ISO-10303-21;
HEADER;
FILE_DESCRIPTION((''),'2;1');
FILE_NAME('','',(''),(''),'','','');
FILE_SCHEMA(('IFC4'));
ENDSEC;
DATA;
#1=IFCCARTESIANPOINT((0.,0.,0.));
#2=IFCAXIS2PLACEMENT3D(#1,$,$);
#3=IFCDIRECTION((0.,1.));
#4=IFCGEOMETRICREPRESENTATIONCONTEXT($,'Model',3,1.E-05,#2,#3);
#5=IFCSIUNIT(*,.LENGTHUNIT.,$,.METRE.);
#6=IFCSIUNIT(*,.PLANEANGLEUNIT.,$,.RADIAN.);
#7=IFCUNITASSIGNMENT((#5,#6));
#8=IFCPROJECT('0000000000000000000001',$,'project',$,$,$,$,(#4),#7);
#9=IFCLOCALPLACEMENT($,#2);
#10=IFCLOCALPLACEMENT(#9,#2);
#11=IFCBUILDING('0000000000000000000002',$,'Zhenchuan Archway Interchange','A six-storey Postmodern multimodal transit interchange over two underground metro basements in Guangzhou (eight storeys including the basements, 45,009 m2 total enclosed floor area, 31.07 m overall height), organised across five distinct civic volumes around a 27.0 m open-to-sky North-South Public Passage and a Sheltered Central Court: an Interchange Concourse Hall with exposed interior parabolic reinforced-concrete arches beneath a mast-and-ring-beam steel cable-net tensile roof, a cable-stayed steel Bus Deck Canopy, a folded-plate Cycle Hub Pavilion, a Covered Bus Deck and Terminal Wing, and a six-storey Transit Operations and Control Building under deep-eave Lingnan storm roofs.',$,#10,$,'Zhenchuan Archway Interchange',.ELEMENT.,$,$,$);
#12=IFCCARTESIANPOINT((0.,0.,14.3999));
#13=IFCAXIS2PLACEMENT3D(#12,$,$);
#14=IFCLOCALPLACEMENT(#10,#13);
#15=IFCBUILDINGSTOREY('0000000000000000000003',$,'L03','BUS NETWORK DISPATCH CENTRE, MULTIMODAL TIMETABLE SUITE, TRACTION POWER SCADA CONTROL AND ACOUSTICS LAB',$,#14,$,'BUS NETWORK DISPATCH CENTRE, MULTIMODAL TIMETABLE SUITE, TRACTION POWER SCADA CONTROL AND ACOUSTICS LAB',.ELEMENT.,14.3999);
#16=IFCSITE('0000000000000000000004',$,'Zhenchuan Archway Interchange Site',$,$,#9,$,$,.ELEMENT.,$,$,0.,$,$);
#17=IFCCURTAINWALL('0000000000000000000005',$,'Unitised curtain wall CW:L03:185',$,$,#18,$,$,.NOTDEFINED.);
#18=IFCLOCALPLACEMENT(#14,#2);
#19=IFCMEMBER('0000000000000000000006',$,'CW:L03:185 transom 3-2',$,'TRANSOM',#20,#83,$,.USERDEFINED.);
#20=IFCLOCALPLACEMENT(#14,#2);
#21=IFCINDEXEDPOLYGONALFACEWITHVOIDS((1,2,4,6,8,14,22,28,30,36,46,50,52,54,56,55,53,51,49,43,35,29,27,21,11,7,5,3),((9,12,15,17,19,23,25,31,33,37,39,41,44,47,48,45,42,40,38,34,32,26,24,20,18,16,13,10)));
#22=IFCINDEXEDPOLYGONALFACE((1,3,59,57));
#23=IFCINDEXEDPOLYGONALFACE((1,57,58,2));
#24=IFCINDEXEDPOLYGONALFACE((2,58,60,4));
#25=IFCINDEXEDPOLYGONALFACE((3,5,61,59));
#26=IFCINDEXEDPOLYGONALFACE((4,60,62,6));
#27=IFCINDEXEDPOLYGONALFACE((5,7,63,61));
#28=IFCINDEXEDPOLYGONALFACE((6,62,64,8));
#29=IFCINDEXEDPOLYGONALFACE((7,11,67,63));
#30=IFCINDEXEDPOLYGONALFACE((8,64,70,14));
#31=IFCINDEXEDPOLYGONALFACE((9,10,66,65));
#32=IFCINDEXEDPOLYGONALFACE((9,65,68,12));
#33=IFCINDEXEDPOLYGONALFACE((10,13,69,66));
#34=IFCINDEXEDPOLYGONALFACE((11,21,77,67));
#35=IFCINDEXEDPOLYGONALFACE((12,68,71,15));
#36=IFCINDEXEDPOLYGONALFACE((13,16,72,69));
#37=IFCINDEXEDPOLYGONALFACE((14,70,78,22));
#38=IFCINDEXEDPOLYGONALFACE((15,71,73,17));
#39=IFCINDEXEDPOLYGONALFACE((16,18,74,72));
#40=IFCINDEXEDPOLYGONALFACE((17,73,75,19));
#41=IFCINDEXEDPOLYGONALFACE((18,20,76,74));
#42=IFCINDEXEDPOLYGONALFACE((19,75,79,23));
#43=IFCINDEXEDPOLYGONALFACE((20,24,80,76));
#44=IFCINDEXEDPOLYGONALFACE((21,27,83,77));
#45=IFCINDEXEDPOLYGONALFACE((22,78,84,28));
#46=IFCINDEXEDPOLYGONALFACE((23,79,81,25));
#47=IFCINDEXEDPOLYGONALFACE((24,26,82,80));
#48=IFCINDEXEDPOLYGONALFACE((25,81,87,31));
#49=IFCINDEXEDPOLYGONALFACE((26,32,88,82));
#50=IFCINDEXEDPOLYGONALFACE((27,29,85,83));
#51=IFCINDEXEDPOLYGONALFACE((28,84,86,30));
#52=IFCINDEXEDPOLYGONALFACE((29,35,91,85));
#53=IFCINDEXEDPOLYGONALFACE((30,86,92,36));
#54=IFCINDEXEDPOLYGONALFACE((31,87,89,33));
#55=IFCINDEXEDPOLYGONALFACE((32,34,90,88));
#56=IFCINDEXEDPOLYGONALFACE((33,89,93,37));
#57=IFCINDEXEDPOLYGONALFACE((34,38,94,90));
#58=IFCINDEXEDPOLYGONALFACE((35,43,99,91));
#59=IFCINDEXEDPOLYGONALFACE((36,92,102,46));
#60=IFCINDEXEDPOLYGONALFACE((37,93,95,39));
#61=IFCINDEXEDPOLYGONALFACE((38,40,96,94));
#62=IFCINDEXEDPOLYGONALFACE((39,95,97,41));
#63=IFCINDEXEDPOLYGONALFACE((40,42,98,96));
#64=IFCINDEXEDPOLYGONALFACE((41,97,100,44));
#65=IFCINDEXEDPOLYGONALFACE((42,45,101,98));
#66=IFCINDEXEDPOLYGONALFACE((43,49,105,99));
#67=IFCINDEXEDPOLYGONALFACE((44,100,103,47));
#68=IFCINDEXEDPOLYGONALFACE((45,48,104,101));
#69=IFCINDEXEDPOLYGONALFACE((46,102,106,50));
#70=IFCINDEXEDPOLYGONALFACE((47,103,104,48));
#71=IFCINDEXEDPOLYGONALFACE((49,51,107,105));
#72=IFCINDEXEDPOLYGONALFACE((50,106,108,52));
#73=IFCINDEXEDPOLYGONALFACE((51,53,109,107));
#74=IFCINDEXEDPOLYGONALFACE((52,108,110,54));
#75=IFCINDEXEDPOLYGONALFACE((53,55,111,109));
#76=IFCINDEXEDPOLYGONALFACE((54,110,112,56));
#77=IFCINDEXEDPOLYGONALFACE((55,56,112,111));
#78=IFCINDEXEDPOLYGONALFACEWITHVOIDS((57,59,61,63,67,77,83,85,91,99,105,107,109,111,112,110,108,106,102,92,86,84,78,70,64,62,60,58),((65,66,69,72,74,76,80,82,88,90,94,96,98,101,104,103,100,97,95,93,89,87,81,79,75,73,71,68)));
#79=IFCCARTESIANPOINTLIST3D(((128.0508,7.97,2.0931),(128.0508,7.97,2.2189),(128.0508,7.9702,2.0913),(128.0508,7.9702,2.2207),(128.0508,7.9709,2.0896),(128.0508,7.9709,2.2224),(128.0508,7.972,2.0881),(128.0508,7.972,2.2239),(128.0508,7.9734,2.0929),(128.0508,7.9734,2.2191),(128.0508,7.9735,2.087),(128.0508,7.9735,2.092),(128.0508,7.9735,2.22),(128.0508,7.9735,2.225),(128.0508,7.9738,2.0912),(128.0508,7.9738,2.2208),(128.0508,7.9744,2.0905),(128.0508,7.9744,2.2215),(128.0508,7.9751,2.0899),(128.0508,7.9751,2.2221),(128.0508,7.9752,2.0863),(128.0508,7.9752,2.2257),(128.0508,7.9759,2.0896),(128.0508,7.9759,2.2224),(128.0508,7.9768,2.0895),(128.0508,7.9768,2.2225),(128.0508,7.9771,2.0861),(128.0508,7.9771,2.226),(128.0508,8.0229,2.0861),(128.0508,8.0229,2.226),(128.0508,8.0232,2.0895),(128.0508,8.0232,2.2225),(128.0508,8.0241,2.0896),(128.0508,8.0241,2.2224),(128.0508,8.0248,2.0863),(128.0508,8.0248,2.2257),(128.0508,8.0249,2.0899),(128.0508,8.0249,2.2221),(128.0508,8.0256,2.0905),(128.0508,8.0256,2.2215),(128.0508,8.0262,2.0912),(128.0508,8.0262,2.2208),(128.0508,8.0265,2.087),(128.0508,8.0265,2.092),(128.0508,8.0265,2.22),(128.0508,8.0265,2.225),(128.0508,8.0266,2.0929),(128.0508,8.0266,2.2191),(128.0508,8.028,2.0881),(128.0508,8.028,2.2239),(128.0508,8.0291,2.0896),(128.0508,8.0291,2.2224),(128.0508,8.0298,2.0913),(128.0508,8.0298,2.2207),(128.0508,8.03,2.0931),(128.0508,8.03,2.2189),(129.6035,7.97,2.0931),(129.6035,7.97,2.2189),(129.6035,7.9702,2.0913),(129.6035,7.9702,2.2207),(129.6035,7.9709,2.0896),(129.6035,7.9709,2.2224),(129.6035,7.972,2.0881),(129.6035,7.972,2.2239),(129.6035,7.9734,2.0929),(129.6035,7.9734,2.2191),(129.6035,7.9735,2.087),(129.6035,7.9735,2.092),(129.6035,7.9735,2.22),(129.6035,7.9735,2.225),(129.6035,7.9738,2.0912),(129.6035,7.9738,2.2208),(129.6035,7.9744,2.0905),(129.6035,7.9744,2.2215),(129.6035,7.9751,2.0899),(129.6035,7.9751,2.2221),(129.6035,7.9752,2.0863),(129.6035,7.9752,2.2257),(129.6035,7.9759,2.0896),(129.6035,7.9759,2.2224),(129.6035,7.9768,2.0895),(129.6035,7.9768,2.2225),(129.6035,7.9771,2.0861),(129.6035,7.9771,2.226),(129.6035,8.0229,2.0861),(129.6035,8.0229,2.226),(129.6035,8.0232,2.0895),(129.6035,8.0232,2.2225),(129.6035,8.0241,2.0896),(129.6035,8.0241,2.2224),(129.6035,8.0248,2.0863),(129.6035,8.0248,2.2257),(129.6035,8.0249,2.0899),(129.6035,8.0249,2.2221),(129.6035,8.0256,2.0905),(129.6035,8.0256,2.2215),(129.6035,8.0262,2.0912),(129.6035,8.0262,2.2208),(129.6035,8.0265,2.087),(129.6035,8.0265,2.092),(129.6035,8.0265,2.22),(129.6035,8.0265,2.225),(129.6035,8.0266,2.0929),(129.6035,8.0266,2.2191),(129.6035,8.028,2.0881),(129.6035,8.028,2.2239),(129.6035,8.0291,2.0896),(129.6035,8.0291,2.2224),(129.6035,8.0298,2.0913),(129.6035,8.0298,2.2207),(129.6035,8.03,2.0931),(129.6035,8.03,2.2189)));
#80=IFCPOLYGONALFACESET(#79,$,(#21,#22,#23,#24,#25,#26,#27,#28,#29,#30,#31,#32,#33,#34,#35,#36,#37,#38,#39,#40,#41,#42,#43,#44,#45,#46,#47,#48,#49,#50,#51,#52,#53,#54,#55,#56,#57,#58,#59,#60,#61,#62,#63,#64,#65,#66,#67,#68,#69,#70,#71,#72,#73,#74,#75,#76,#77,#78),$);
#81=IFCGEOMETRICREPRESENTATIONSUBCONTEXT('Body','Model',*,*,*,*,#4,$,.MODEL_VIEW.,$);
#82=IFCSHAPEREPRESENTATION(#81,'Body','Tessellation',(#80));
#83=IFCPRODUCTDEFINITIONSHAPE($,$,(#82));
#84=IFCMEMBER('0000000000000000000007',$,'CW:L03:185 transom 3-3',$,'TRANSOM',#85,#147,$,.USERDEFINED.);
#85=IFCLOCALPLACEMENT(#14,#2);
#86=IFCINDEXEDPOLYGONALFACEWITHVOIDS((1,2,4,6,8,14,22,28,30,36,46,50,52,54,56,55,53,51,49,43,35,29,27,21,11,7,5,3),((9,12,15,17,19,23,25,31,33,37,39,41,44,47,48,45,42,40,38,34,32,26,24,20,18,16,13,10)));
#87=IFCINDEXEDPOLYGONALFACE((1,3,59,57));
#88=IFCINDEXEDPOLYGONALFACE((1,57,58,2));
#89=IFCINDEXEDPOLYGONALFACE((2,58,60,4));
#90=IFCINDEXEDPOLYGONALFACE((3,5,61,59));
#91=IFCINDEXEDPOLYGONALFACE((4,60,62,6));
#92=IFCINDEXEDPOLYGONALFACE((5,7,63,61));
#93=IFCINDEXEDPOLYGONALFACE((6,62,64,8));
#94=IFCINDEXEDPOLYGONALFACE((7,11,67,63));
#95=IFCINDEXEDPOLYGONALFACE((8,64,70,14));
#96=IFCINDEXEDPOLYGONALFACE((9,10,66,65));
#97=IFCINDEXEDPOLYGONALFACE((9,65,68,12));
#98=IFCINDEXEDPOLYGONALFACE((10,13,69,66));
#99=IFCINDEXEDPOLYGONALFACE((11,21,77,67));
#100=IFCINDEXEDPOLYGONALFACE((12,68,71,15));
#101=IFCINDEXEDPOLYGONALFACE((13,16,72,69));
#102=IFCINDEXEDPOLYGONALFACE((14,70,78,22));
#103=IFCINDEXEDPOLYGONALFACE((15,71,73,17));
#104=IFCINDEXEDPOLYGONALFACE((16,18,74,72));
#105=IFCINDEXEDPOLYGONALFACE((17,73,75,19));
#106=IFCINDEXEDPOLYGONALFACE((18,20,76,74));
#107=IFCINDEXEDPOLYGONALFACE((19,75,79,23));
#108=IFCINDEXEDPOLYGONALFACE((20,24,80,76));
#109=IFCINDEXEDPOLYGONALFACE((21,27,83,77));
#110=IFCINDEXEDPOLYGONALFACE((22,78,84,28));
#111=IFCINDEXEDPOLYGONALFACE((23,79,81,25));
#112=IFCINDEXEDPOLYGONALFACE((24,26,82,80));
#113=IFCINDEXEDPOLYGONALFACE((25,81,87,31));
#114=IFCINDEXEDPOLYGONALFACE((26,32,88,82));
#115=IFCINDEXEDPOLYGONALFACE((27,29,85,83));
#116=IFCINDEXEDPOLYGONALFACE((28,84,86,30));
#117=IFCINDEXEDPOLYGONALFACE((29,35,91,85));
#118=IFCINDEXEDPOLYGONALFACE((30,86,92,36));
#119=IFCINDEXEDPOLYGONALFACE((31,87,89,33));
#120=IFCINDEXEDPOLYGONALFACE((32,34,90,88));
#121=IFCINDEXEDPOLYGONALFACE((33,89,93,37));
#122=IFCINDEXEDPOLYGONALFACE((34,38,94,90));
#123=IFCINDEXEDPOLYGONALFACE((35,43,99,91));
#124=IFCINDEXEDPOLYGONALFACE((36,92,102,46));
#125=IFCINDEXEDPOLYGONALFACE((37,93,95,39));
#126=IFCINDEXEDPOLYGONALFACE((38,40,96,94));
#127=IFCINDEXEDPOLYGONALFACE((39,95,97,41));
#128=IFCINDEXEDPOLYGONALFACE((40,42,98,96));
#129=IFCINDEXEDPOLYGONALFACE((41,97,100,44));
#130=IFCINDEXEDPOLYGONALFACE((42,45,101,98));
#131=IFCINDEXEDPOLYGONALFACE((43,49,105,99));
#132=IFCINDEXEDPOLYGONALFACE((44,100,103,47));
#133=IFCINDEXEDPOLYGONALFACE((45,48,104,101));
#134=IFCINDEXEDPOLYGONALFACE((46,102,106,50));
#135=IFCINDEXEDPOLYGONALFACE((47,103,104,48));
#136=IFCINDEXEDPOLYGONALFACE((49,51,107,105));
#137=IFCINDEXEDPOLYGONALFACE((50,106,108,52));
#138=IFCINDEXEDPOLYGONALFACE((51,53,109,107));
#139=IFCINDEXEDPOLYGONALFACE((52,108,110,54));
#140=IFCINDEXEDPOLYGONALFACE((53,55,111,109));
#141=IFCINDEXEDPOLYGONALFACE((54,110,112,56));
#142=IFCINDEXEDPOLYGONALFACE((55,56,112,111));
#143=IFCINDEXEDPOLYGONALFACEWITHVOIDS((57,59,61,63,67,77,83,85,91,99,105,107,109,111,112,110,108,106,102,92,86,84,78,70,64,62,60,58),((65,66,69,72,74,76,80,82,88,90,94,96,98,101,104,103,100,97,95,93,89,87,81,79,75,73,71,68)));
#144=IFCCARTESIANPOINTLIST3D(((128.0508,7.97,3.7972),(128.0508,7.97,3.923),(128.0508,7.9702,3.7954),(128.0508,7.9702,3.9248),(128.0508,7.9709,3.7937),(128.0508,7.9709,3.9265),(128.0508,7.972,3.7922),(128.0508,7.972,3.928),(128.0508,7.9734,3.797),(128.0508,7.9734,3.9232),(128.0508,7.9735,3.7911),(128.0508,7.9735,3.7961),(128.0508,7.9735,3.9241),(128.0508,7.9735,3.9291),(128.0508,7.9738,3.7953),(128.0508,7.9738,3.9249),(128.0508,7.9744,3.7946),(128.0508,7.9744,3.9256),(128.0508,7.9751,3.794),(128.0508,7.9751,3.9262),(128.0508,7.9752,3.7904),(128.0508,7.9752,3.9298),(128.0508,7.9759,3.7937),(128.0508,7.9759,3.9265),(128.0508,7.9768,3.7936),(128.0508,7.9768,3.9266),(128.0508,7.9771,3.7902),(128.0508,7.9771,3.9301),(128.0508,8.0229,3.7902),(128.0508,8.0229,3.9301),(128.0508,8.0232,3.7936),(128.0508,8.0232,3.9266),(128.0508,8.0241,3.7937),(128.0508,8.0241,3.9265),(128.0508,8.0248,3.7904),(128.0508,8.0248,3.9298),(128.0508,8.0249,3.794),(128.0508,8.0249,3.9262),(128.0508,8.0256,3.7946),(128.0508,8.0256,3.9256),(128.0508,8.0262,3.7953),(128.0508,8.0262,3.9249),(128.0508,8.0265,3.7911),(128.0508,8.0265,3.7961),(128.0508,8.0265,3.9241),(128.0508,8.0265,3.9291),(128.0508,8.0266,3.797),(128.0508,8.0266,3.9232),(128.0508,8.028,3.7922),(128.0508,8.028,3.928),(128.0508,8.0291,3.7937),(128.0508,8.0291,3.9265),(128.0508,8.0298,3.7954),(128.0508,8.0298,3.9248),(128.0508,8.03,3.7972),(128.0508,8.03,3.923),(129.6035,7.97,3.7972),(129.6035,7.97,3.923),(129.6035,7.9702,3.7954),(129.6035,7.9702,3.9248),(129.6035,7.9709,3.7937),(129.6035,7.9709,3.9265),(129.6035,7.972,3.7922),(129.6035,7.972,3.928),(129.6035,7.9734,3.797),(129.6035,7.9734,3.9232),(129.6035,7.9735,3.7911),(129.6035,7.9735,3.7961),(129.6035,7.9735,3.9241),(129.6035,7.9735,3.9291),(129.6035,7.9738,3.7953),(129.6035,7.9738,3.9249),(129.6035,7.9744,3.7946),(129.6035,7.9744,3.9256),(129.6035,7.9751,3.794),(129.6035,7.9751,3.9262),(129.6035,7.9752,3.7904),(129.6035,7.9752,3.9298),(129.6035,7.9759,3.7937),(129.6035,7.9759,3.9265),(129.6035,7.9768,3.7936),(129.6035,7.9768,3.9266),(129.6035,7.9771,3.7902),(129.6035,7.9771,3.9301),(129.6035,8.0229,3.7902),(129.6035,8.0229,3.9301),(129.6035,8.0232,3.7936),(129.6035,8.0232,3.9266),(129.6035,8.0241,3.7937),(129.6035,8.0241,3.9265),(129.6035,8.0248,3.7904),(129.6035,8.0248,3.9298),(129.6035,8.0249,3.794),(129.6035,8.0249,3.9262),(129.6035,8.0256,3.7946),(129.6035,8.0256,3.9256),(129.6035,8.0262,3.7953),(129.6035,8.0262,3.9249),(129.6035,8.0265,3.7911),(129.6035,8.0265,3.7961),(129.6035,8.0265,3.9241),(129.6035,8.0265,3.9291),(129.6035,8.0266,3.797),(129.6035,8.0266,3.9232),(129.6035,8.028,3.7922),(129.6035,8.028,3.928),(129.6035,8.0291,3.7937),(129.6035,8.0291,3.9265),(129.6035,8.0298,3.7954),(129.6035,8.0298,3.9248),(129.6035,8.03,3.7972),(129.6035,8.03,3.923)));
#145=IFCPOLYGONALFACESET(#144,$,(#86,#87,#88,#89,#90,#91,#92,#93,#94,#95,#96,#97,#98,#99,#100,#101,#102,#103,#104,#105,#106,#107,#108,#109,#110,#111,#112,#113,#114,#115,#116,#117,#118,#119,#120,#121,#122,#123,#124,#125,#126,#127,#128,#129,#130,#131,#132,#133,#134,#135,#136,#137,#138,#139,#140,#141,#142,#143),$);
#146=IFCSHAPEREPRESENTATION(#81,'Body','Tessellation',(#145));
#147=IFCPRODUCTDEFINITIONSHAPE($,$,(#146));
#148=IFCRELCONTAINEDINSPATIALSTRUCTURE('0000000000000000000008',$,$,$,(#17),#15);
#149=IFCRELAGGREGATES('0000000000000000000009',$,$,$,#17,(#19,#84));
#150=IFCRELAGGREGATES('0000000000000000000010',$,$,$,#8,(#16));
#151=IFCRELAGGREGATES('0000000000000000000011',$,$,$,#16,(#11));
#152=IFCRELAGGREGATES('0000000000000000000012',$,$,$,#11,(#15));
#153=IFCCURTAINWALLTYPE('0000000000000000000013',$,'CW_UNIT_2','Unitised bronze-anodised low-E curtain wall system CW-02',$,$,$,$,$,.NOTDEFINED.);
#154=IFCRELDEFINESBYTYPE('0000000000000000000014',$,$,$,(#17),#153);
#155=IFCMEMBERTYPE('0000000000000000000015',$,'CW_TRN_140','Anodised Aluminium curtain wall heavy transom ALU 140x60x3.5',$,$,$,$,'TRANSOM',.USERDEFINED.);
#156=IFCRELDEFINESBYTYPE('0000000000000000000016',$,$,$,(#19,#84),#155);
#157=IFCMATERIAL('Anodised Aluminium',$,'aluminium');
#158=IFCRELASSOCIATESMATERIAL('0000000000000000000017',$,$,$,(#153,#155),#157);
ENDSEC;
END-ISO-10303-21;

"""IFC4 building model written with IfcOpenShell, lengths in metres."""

from ifc_helpers import new_model, si_unit, direction, frame, origin, origin_2d, place, context, subcontext, project, spatial, hollow_rectangle, extrude, material, material_profile, profile_set, type_object, element, aggregate, save


model = new_model("IFC4")

# Units and contexts
model_context = context("Model", 3, precision=1e-05, world=origin(), true_north=direction((0.0, 1.0)))
body_context = subcontext(model_context, "Body", "Model", "MODEL_VIEW")
ifc_project = project(units=[si_unit("LENGTHUNIT", "METRE"), si_unit("PLANEANGLEUNIT", "RADIAN")], contexts=[model_context])

# Site, building, storey
site_placement = place(None, origin())
site = spatial("IfcSite", under=ifc_project, at=site_placement, Name="Zhenchuan Archway Interchange Site", CompositionType="ELEMENT", RefElevation=0.0)
building_placement = place(site_placement, origin())
building = spatial("IfcBuilding", under=site, at=building_placement, Name="Zhenchuan Archway Interchange", Description="A six-storey Postmodern multimodal transit interchange over two underground metro basements in Guangzhou (eight storeys including the basements, 45,009 m2 total enclosed floor area, 31.07 m overall height), organised across five distinct civic volumes around a 27.0 m open-to-sky North-South Public Passage and a Sheltered Central Court: an Interchange Concourse Hall with exposed interior parabolic reinforced-concrete arches beneath a mast-and-ring-beam steel cable-net tensile roof, a cable-stayed steel Bus Deck Canopy, a folded-plate Cycle Hub Pavilion, a Covered Bus Deck and Terminal Wing, and a six-storey Transit Operations and Control Building under deep-eave Lingnan storm roofs.", LongName="Zhenchuan Archway Interchange", CompositionType="ELEMENT")
storey_placement = place(building_placement, frame((0.0, 0.0, 14.3999)))
storey = spatial("IfcBuildingStorey", under=building, at=storey_placement, Name="L03", Description="BUS NETWORK DISPATCH CENTRE, MULTIMODAL TIMETABLE SUITE, TRACTION POWER SCADA CONTROL AND ACOUSTICS LAB", LongName="BUS NETWORK DISPATCH CENTRE, MULTIMODAL TIMETABLE SUITE, TRACTION POWER SCADA CONTROL AND ACOUSTICS LAB", CompositionType="ELEMENT", Elevation=14.3999)

# Curtain wall, members
ifc_material_1 = material(Name="Anodised Aluminium", Category="aluminium")
curtain_wall_type = type_object("IfcCurtainWallType", Name="CW_UNIT_2", Description="Unitised bronze-anodised low-E curtain wall system CW-02", PredefinedType="NOTDEFINED", material=ifc_material_1)
curtain_wall_placement = place(storey_placement, origin())
curtain_wall = element("IfcCurtainWall", 1, at=curtain_wall_placement, inside=storey, type_object=curtain_wall_type, Name="Unitised curtain wall CW:L03:185", PredefinedType="NOTDEFINED")
ifc_material_profile_1 = material_profile(ifc_material_1, hollow_rectangle(XDim=0.0601, YDim=0.1399, WallThickness=0.0034, InnerFilletRadius=0.0034, OuterFilletRadius=0.0071, at=origin_2d()), Name="ALU 140x60x3.5")
ifc_profile_set_1 = profile_set([ifc_material_profile_1], Name="Anodised Aluminium")
member_type_1 = type_object("IfcMemberType", Name="CW_TRN_140", Description="Anodised Aluminium curtain wall heavy transom ALU 140x60x3.5", ElementType="TRANSOM", PredefinedType="USERDEFINED", material=ifc_profile_set_1)
member_1_placement = place(storey_placement, frame((129.6035, 8.0, 2.156), z_axis=(-1.0, 0.0, 0.0), x_axis=(0.0, -1.0, 0.0)))
member_1 = element("IfcMember", 2, at=member_1_placement, type_object=member_type_1, Name="CW:L03:185 transom 3-2", ObjectType="TRANSOM", PredefinedType="USERDEFINED", context=body_context, shape_type="SweptSolid", body=[
    extrude(hollow_rectangle(XDim=0.0601, YDim=0.1399, WallThickness=0.0034, InnerFilletRadius=0.0034, OuterFilletRadius=0.0071, at=origin_2d()), origin(), (0.0, 0.0, 1.0), 1.5527),
])
member_2_placement = place(storey_placement, frame((129.6035, 8.0, 3.8601), z_axis=(-1.0, 0.0, 0.0), x_axis=(0.0, -1.0, 0.0)))
member_2 = element("IfcMember", 3, at=member_2_placement, type_object=member_type_1, Name="CW:L03:185 transom 3-3", ObjectType="TRANSOM", PredefinedType="USERDEFINED", context=body_context, shape_type="SweptSolid", body=[
    extrude(hollow_rectangle(XDim=0.0601, YDim=0.1399, WallThickness=0.0034, InnerFilletRadius=0.0034, OuterFilletRadius=0.0071, at=origin_2d()), origin(), (0.0, 0.0, 1.0), 1.5527),
])

aggregate(curtain_wall, [member_1, member_2])

save(model, "model.ifc")
